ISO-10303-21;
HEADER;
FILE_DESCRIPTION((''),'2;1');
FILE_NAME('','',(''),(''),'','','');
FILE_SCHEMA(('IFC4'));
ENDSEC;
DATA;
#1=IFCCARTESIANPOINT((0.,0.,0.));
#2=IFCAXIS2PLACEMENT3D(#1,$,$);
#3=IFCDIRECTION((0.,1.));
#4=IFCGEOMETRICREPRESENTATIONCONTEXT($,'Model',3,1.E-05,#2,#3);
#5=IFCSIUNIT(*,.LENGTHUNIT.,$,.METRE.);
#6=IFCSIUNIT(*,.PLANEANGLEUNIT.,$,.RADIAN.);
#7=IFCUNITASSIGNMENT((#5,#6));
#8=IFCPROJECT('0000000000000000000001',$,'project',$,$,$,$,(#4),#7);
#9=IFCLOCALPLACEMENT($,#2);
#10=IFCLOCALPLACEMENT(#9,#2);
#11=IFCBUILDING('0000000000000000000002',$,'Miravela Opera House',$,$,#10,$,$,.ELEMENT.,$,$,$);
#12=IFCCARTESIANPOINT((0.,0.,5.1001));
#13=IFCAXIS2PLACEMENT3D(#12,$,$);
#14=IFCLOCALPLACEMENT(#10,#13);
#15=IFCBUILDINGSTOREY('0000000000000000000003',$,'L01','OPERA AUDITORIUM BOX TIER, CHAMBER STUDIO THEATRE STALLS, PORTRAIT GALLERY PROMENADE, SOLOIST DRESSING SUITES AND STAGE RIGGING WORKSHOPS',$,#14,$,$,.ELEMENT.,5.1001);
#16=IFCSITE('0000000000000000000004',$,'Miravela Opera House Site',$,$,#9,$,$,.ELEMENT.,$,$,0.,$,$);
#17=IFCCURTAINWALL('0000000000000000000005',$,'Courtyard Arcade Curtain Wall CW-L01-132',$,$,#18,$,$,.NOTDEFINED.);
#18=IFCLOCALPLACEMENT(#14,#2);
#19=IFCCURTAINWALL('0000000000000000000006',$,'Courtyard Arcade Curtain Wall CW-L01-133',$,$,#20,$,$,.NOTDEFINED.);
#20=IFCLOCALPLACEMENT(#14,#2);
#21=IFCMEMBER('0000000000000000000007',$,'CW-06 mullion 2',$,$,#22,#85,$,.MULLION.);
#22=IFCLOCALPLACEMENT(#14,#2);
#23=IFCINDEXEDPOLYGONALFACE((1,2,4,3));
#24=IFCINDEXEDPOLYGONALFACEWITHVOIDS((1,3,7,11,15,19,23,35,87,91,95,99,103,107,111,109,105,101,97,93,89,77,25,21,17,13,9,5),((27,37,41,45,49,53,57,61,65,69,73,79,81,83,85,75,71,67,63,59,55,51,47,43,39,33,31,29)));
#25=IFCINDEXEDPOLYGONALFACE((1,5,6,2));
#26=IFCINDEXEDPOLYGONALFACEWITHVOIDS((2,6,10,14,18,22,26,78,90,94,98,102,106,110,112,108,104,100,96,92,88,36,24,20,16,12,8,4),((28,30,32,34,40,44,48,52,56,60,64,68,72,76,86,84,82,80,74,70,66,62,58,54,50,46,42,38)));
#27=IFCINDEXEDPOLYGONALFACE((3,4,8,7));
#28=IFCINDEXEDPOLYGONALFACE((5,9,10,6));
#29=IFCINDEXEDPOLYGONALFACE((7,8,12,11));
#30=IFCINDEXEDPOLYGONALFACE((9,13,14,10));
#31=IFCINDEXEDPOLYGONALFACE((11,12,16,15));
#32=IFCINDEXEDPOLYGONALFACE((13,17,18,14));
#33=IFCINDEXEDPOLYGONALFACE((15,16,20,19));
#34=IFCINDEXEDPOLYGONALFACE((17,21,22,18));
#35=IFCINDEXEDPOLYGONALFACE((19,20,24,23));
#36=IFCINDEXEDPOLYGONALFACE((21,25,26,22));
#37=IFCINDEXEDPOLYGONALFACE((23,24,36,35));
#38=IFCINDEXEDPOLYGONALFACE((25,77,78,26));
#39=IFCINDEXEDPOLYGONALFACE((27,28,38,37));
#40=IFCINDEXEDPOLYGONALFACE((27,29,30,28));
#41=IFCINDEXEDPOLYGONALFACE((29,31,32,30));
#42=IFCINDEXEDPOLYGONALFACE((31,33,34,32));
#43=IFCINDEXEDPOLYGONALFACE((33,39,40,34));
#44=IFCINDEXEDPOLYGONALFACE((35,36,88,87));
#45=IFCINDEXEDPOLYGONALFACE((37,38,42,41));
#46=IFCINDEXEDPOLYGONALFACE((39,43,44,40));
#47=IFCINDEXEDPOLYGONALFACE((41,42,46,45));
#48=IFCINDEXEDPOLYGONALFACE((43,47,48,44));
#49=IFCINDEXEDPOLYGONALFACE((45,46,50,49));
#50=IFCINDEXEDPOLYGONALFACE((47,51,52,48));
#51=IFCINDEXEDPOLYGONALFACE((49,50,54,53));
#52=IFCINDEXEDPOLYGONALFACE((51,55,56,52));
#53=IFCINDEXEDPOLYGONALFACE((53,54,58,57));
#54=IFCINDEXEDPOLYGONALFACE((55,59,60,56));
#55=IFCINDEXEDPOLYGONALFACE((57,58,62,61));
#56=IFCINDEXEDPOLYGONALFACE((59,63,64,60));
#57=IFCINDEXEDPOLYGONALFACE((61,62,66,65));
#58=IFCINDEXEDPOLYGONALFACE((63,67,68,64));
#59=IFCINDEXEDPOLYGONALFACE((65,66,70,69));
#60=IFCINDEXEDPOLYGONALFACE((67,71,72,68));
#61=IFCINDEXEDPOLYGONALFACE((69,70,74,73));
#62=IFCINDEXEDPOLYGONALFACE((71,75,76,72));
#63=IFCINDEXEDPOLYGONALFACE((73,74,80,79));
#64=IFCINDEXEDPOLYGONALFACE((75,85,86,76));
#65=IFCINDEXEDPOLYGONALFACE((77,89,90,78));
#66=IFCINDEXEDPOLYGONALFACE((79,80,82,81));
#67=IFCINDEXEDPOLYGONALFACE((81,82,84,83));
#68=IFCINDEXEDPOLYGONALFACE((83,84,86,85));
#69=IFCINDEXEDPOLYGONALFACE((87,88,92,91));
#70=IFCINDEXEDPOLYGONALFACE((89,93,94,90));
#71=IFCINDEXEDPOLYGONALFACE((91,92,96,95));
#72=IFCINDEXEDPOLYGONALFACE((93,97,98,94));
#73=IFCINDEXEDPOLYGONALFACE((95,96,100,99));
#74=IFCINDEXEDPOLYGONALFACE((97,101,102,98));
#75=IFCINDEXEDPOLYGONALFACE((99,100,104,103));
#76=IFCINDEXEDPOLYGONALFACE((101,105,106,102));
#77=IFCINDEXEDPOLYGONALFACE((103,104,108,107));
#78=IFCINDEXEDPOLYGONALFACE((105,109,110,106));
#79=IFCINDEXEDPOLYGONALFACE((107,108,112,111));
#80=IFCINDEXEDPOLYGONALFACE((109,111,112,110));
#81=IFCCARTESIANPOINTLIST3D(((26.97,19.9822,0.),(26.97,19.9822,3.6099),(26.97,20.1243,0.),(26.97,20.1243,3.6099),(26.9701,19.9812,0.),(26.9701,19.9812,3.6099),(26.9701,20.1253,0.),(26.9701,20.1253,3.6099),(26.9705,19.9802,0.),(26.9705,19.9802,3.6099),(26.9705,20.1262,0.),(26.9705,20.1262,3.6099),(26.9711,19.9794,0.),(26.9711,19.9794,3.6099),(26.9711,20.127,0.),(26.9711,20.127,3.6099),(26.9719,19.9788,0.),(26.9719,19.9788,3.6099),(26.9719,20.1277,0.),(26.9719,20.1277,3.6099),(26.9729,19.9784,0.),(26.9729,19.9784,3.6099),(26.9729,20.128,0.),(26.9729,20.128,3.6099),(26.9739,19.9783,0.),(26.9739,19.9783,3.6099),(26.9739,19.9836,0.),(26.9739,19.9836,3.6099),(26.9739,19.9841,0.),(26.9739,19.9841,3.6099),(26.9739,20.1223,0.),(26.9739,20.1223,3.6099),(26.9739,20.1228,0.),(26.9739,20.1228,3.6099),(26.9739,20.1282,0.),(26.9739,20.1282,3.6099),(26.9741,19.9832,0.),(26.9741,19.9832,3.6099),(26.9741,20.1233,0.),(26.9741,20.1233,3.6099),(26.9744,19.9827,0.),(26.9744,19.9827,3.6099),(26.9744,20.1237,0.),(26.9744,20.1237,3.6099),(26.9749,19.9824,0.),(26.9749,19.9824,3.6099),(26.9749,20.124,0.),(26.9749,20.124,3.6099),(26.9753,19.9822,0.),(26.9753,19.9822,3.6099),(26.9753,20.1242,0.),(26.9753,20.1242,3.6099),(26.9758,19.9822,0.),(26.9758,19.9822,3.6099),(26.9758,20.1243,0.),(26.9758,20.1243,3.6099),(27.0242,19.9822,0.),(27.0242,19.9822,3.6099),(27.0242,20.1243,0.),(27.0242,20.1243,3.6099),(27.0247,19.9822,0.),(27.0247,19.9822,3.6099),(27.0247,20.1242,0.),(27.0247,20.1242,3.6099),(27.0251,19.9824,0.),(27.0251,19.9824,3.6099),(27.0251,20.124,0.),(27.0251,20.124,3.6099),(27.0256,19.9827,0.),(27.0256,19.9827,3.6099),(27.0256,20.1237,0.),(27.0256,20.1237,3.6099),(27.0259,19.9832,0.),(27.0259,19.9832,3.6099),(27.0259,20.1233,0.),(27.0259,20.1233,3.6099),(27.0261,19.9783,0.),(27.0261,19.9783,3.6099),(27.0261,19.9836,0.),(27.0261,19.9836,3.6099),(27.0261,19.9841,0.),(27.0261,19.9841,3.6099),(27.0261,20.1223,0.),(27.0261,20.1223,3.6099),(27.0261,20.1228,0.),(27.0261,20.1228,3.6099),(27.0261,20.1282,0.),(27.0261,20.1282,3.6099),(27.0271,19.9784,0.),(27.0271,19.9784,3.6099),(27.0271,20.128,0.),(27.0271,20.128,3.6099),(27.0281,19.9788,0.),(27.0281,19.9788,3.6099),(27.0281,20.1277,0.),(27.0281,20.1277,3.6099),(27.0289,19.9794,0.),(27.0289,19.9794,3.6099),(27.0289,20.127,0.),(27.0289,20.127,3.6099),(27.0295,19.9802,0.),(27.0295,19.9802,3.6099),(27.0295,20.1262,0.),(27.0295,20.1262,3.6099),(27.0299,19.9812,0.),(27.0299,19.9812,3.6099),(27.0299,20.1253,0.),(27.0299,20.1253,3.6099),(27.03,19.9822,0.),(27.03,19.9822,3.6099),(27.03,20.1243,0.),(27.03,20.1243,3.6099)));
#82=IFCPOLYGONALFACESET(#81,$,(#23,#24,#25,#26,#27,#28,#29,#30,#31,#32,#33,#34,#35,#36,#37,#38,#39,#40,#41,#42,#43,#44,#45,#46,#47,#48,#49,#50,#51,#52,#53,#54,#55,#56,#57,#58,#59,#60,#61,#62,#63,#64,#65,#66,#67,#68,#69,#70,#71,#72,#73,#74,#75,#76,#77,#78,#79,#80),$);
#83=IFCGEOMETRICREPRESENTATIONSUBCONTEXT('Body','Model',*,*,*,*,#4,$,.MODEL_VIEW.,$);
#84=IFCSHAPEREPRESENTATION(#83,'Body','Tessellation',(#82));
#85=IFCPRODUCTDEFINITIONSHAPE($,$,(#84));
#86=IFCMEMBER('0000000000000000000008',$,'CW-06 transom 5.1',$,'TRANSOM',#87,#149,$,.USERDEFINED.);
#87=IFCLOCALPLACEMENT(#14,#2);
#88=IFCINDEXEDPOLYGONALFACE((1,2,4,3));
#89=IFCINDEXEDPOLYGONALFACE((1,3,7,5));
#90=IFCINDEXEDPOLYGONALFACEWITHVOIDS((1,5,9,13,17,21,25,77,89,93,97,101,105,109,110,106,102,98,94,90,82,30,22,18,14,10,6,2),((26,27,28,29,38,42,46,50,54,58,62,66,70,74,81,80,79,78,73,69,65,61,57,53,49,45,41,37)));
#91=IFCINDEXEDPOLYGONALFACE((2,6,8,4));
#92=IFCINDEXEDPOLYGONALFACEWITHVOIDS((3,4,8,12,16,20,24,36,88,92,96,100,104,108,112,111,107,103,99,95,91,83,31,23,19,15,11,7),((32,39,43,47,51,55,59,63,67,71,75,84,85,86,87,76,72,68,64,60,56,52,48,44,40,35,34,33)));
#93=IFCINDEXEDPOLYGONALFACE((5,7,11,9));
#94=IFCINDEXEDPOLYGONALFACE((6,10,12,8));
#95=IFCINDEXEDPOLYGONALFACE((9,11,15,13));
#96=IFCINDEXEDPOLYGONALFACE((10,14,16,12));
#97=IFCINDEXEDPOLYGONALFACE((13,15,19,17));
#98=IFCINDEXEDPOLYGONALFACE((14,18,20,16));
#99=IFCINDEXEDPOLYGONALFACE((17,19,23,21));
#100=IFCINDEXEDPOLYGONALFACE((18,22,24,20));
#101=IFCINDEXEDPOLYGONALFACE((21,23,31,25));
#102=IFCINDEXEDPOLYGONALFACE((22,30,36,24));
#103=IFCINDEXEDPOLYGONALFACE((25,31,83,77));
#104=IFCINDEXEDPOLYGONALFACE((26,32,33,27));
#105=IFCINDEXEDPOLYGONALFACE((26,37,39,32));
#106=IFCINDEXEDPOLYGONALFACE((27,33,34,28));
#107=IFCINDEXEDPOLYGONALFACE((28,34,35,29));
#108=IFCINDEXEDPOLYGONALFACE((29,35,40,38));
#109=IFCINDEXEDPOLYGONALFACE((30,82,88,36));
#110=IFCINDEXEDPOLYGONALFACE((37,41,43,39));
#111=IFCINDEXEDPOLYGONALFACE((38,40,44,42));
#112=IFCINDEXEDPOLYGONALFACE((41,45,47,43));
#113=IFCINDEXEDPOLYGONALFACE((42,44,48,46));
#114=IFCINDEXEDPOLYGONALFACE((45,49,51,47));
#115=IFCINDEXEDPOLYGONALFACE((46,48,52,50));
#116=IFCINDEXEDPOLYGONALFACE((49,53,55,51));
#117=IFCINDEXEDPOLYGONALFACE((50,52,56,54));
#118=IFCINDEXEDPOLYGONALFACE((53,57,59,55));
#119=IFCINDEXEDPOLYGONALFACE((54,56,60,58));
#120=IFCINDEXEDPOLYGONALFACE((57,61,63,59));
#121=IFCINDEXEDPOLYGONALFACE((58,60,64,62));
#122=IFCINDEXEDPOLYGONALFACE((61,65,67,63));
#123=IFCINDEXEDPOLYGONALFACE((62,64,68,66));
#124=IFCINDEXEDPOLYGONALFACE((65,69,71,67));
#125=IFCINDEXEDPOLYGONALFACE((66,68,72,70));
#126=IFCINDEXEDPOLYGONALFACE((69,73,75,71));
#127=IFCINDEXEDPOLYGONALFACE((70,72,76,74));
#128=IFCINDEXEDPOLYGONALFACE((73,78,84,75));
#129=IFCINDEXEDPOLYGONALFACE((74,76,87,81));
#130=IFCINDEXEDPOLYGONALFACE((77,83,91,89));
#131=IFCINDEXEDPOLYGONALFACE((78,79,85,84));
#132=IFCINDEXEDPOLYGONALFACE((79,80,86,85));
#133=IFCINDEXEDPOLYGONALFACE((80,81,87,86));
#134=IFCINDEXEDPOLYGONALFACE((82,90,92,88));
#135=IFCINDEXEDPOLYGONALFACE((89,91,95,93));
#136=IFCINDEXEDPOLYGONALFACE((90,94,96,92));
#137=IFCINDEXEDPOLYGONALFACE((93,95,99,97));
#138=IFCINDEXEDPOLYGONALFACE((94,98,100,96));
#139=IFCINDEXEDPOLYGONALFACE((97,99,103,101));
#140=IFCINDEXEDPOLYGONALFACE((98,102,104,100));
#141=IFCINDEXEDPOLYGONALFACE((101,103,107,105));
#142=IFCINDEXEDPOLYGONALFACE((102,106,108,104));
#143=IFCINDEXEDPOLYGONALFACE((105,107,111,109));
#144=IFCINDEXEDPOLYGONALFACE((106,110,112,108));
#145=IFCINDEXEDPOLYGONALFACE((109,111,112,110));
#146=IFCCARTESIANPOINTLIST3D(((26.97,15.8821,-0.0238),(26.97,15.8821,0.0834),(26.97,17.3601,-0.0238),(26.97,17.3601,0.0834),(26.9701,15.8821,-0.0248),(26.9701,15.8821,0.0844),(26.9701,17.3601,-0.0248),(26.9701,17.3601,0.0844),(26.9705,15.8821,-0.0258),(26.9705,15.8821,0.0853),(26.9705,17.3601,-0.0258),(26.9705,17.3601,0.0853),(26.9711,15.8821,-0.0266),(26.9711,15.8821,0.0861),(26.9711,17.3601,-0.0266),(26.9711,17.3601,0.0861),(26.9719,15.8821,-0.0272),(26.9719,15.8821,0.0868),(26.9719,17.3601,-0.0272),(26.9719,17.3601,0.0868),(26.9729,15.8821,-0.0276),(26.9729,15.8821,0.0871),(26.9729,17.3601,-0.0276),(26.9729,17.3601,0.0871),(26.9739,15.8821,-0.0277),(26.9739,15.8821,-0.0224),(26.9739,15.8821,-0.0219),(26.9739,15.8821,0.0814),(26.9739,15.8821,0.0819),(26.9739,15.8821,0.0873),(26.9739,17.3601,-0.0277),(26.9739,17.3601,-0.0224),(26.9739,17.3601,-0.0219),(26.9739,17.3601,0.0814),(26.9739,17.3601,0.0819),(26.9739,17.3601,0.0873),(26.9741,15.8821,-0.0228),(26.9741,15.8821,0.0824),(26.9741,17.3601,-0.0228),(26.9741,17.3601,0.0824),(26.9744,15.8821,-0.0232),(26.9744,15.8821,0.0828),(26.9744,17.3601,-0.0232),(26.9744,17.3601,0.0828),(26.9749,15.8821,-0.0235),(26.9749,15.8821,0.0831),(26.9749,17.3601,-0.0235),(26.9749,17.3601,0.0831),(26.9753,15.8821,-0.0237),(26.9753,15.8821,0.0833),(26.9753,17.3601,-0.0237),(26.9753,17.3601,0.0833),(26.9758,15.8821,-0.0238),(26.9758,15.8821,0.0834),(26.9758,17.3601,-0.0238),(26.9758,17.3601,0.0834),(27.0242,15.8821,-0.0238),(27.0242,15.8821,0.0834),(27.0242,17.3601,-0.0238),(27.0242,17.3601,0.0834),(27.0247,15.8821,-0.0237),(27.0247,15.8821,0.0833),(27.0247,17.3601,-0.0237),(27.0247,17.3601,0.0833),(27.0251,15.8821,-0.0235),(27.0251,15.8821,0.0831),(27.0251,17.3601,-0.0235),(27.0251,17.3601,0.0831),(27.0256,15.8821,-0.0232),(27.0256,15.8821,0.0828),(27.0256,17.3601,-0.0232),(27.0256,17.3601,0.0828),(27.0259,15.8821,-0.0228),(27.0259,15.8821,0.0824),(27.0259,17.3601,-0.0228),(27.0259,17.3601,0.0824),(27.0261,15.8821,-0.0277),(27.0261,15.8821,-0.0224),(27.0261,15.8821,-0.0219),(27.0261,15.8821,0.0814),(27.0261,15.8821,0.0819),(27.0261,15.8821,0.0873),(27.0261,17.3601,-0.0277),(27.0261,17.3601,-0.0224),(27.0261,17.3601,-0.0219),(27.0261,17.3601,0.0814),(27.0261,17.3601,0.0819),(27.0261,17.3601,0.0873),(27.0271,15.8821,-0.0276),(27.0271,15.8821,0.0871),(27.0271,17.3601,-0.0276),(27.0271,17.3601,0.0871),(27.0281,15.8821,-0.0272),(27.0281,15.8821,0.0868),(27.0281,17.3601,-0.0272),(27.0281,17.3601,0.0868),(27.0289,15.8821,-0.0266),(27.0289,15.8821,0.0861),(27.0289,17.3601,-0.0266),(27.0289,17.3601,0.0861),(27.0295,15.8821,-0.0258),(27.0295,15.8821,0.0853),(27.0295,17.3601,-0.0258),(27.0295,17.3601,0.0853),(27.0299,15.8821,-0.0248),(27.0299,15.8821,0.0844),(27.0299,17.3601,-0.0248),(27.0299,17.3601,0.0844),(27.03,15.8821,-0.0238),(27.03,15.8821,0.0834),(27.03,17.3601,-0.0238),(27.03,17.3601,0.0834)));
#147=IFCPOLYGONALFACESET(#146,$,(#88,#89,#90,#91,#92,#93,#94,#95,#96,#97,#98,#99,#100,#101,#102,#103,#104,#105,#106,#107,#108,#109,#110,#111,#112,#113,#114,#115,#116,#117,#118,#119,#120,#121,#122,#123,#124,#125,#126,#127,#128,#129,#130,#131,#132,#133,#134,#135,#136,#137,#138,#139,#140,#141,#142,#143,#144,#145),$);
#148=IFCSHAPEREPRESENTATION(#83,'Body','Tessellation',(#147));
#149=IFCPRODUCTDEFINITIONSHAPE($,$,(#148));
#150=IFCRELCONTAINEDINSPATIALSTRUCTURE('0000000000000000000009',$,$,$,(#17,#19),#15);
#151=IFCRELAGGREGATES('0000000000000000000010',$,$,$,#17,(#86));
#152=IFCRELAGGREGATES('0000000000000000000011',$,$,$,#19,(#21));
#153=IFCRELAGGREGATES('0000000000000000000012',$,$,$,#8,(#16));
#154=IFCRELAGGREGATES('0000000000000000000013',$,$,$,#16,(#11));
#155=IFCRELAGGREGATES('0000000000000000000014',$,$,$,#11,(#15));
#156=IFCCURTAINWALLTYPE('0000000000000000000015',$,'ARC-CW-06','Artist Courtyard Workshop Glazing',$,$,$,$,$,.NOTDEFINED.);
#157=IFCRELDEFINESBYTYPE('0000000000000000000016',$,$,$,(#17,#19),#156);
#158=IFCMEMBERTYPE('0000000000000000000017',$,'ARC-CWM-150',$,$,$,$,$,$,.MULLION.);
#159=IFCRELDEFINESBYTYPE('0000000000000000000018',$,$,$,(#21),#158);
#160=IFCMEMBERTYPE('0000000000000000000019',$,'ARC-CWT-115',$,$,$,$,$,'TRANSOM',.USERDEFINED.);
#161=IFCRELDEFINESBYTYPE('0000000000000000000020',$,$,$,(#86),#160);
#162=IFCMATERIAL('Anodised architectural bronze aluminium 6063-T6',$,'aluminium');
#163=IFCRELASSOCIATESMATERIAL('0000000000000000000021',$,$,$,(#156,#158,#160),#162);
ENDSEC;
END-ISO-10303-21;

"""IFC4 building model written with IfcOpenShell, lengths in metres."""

from ifc_helpers import new_model, si_unit, direction, frame, origin, origin_2d, place, context, subcontext, project, spatial, hollow_rectangle, extrude, material, material_profile, profile_set, type_object, element, aggregate, save


model = new_model("IFC4")

# Units and contexts
model_context = context("Model", 3, precision=1e-05, world=origin(), true_north=direction((0.0, 1.0)))
body_context = subcontext(model_context, "Body", "Model", "MODEL_VIEW")
ifc_project = project(units=[si_unit("LENGTHUNIT", "METRE"), si_unit("PLANEANGLEUNIT", "RADIAN")], contexts=[model_context])

# Site, building, storey
site_placement = place(None, origin())
site = spatial("IfcSite", under=ifc_project, at=site_placement, Name="Miravela Opera House Site", CompositionType="ELEMENT", RefElevation=0.0)
building_placement = place(site_placement, origin())
building = spatial("IfcBuilding", under=site, at=building_placement, Name="Miravela Opera House", CompositionType="ELEMENT")
storey_placement = place(building_placement, frame((0.0, 0.0, 5.1001)))
storey = spatial("IfcBuildingStorey", under=building, at=storey_placement, Name="L01", Description="OPERA AUDITORIUM BOX TIER, CHAMBER STUDIO THEATRE STALLS, PORTRAIT GALLERY PROMENADE, SOLOIST DRESSING SUITES AND STAGE RIGGING WORKSHOPS", CompositionType="ELEMENT", Elevation=5.1001)

# Curtain wall
ifc_material_1 = material(Name="Anodised architectural bronze aluminium 6063-T6", Category="aluminium")
curtain_wall_type = type_object("IfcCurtainWallType", Name="ARC-CW-06", Description="Artist Courtyard Workshop Glazing", PredefinedType="NOTDEFINED", material=ifc_material_1)
curtain_wall_1_placement = place(storey_placement, origin())
curtain_wall_1 = element("IfcCurtainWall", 1, at=curtain_wall_1_placement, inside=storey, type_object=curtain_wall_type, Name="Courtyard Arcade Curtain Wall CW-L01-132", PredefinedType="NOTDEFINED")
ifc_material_profile_1 = material_profile(ifc_material_1, hollow_rectangle(XDim=0.0601, YDim=0.1499, WallThickness=0.0039, InnerFilletRadius=0.002, OuterFilletRadius=0.0039, at=origin_2d()), Name="CWM-60X150")
ifc_profile_set_1 = profile_set([ifc_material_profile_1])
member_type_1 = type_object("IfcMemberType", Name="ARC-CWM-150", PredefinedType="MULLION", material=ifc_profile_set_1)

# Curtain wall, member
curtain_wall_2_placement = place(storey_placement, origin())
curtain_wall_2 = element("IfcCurtainWall", 2, at=curtain_wall_2_placement, inside=storey, type_object=curtain_wall_type, Name="Courtyard Arcade Curtain Wall CW-L01-133", PredefinedType="NOTDEFINED")
member_1_placement = place(storey_placement, frame((27.0, 20.0532, 0.0), z_axis=(0.0, 0.0, 1.0), x_axis=(-1.0, 0.0, 0.0)))
member_1 = element("IfcMember", 3, at=member_1_placement, type_object=member_type_1, Name="CW-06 mullion 2", PredefinedType="MULLION", context=body_context, shape_type="SweptSolid", body=[
    extrude(hollow_rectangle(XDim=0.0601, YDim=0.1499, WallThickness=0.0039, InnerFilletRadius=0.002, OuterFilletRadius=0.0039, at=origin_2d()), origin(), (0.0, 0.0, 1.0), 3.6099),
])

# Member
ifc_material_profile_2 = material_profile(ifc_material_1, hollow_rectangle(XDim=0.0601, YDim=0.115, WallThickness=0.0039, InnerFilletRadius=0.002, OuterFilletRadius=0.0039, at=origin_2d()), Name="CWT-60X115")
ifc_profile_set_2 = profile_set([ifc_material_profile_2])
member_type_2 = type_object("IfcMemberType", Name="ARC-CWT-115", ElementType="TRANSOM", PredefinedType="USERDEFINED", material=ifc_profile_set_2)
member_2_placement = place(storey_placement, frame((27.0, 15.8821, 0.0298), z_axis=(0.0, 1.0, 0.0), x_axis=(-1.0, 0.0, 0.0)))
member_2 = element("IfcMember", 4, at=member_2_placement, type_object=member_type_2, Name="CW-06 transom 5.1", ObjectType="TRANSOM", PredefinedType="USERDEFINED", context=body_context, shape_type="SweptSolid", body=[
    extrude(hollow_rectangle(XDim=0.0601, YDim=0.115, WallThickness=0.0039, InnerFilletRadius=0.002, OuterFilletRadius=0.0039, at=origin_2d()), origin(), (0.0, 0.0, 1.0), 1.478),
])

aggregate(curtain_wall_1, [member_2])
aggregate(curtain_wall_2, [member_1])

save(model, "model.ifc")
